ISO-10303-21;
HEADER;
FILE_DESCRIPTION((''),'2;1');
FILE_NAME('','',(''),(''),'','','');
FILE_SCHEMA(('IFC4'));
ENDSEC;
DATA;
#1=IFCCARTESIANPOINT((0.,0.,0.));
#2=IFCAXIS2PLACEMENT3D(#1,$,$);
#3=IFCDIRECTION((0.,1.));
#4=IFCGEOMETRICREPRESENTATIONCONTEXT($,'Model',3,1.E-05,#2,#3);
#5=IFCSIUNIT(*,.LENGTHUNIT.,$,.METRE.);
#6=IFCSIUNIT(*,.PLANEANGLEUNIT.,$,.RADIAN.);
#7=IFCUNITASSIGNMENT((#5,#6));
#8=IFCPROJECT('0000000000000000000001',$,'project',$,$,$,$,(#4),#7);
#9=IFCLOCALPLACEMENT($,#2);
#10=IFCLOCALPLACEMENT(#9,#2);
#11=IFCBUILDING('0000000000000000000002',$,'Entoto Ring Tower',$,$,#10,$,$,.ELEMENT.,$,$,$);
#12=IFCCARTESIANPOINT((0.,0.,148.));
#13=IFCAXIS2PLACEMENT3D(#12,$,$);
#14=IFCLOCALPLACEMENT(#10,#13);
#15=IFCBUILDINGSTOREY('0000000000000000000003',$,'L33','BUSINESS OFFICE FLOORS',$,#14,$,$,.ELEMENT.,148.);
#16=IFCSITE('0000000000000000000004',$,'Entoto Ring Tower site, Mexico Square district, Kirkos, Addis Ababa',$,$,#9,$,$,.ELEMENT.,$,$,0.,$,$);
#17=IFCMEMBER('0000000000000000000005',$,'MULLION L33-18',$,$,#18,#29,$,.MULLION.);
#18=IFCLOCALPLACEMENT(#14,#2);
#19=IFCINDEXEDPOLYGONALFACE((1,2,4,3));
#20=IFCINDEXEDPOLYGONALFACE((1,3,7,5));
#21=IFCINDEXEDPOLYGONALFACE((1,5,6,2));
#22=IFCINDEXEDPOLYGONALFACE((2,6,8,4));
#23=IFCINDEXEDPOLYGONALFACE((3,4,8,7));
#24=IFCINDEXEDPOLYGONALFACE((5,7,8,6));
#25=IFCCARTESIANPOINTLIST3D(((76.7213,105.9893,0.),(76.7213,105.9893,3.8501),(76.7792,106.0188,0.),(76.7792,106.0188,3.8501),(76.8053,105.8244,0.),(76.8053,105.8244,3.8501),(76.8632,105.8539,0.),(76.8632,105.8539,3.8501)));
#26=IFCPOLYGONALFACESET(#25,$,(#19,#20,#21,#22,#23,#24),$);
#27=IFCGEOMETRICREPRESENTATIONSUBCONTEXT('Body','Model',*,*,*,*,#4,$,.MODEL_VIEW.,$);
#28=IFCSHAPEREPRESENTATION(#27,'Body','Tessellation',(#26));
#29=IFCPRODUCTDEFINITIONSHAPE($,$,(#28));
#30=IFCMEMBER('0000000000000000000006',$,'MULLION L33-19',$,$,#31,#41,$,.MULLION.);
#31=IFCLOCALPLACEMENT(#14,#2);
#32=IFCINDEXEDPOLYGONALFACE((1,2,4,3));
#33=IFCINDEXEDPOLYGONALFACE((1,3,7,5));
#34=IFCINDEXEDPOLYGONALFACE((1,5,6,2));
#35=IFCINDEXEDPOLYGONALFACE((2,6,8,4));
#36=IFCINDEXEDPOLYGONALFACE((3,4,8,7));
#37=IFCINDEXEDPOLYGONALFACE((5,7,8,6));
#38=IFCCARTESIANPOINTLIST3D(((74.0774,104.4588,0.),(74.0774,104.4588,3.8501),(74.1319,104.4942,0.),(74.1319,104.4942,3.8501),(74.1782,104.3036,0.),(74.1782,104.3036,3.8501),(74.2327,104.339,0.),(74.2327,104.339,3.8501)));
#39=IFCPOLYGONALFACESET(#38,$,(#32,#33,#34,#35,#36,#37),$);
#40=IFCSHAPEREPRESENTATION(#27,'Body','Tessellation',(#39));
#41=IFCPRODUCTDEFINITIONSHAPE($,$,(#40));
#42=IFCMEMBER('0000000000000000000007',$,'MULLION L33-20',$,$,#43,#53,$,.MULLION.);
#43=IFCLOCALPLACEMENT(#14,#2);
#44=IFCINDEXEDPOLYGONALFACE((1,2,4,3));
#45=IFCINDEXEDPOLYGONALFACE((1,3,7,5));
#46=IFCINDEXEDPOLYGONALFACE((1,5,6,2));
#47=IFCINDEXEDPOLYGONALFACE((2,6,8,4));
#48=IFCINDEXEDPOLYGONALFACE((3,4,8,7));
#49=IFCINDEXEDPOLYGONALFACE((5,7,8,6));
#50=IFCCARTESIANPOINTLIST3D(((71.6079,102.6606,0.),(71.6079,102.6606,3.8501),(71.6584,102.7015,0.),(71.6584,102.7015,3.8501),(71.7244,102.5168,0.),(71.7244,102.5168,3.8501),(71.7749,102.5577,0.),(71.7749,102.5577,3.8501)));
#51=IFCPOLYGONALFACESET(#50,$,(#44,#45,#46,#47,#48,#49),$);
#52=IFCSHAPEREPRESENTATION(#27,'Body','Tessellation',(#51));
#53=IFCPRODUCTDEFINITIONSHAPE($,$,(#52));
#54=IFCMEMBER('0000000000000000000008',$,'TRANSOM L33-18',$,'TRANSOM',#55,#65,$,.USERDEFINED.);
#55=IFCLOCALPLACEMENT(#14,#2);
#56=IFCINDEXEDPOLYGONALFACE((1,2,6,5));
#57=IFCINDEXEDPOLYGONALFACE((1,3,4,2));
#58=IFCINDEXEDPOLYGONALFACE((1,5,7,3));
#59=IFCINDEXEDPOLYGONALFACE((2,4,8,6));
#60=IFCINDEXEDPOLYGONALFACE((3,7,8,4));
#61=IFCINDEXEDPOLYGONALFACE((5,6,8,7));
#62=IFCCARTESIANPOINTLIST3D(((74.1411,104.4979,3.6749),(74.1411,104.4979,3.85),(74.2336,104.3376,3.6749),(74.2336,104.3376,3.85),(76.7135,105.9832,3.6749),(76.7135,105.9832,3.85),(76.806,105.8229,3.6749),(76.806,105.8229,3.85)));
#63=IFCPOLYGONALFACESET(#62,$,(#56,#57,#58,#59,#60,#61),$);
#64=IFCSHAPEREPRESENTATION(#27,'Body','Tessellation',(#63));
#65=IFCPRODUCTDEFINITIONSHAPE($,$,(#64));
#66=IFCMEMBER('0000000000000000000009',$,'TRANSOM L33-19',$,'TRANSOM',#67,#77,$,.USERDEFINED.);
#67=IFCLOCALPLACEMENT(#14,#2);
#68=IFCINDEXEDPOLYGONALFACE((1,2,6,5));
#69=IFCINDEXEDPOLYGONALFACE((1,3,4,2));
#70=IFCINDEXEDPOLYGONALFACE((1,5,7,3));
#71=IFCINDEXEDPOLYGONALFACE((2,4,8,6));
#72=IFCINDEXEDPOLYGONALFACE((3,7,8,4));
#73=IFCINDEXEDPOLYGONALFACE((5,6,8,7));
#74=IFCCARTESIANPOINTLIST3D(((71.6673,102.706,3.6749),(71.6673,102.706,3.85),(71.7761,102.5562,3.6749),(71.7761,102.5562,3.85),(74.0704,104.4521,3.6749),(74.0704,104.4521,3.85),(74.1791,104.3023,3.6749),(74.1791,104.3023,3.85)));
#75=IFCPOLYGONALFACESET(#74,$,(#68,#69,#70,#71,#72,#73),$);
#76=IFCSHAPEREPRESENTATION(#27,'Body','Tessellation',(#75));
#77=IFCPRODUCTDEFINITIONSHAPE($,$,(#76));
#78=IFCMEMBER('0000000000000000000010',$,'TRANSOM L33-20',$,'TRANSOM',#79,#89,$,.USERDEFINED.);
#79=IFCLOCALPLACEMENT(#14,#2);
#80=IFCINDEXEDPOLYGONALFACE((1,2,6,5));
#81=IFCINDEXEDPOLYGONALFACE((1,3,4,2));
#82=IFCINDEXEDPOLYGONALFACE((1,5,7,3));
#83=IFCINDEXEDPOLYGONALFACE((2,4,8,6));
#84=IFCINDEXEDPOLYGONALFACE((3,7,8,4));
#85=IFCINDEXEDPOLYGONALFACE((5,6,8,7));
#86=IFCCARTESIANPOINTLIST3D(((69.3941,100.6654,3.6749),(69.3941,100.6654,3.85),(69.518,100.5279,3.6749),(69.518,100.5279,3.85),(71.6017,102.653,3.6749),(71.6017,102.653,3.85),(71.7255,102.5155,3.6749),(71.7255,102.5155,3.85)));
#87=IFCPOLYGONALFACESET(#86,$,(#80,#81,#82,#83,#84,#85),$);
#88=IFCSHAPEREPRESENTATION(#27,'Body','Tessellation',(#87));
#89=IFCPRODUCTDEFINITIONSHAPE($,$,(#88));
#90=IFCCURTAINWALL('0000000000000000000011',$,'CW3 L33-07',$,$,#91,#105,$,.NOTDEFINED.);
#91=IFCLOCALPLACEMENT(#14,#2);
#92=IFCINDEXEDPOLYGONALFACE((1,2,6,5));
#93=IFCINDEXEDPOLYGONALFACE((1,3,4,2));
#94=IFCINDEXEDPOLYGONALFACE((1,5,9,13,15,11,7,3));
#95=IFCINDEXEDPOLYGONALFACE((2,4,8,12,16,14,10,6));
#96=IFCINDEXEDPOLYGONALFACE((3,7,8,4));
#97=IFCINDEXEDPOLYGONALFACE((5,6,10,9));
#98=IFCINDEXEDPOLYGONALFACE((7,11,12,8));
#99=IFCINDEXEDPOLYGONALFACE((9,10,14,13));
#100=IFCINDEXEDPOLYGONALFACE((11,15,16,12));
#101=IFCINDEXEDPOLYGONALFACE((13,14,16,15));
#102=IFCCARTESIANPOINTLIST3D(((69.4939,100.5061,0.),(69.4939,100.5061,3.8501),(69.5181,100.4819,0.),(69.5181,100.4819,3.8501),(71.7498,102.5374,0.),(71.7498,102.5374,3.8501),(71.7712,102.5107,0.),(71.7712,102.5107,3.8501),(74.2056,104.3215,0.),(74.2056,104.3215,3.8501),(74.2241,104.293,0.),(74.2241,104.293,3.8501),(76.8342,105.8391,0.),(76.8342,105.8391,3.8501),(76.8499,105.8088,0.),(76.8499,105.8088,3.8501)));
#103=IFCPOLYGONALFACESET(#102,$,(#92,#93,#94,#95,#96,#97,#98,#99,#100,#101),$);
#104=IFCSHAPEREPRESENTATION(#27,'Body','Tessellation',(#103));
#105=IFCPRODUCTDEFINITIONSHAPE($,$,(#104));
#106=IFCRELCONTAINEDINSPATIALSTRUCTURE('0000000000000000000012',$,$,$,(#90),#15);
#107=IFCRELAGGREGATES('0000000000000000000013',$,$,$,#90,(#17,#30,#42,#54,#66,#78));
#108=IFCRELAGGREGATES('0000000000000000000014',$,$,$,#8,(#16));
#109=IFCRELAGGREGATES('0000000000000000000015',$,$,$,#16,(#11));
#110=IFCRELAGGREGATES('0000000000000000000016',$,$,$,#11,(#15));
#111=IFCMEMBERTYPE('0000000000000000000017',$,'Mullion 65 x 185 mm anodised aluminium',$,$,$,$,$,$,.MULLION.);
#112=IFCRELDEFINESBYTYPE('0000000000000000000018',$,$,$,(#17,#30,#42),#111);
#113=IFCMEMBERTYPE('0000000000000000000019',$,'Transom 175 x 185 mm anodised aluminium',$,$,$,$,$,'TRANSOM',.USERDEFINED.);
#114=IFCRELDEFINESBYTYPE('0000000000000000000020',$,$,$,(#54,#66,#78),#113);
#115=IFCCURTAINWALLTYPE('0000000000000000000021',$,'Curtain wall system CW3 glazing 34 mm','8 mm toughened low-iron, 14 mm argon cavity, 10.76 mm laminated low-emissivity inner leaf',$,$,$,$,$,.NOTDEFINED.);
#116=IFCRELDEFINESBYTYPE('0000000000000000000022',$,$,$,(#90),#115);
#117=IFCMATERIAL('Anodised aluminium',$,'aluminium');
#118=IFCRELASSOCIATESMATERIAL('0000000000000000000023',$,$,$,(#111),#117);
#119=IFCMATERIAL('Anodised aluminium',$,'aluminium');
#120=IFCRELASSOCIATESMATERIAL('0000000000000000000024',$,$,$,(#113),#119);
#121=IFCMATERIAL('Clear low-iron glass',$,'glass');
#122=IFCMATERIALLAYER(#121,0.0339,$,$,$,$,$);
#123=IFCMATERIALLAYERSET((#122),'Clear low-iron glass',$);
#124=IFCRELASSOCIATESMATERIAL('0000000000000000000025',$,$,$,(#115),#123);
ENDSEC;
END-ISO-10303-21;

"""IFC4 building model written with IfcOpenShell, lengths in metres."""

from ifc_helpers import new_model, si_unit, direction, frame, origin, origin_2d, place, context, subcontext, project, spatial, polyline, rectangle, outline, extrude, material, layer, layer_set, material_profile, profile_set, type_object, element, aggregate, save


model = new_model("IFC4")

# Units and contexts
model_context = context("Model", 3, precision=1e-05, world=origin(), true_north=direction((0.0, 1.0)))
body_context = subcontext(model_context, "Body", "Model", "MODEL_VIEW")
ifc_project = project(units=[si_unit("LENGTHUNIT", "METRE"), si_unit("PLANEANGLEUNIT", "RADIAN")], contexts=[model_context])

# Members
ifc_material_1 = material(Name="Anodised aluminium", Category="aluminium")
ifc_material_profile_1 = material_profile(ifc_material_1, rectangle(XDim=0.0649, YDim=0.1851, at=origin_2d()), Name="Mullion 65 x 185 mm anodised aluminium")
ifc_profile_set_1 = profile_set([ifc_material_profile_1], Name="Anodised aluminium")
member_type_1 = type_object("IfcMemberType", Name="Mullion 65 x 185 mm anodised aluminium", PredefinedType="MULLION", material=ifc_profile_set_1)
site_placement = place(None, origin())
building_placement = place(site_placement, origin())
storey_placement = place(building_placement, frame((0.0, 0.0, 148.0)))
member_1_placement = place(storey_placement, frame((76.7922, 105.9216, 0.0), z_axis=(0.0, 0.0, 1.0), x_axis=(-0.891007, -0.45399, 0.0)))
member_1 = element("IfcMember", 1, at=member_1_placement, type_object=member_type_1, Name="MULLION L33-18", PredefinedType="MULLION", context=body_context, shape_type="SweptSolid", body=[
    extrude(rectangle(XDim=0.0649, YDim=0.1851, at=origin_2d()), origin(), (0.0, 0.0, 1.0), 3.8501),
])
member_2_placement = place(storey_placement, frame((74.155, 104.3989, 0.0), z_axis=(0.0, 0.0, 1.0), x_axis=(-0.838671, -0.544639, 0.0)))
member_2 = element("IfcMember", 2, at=member_2_placement, type_object=member_type_1, Name="MULLION L33-19", PredefinedType="MULLION", context=body_context, shape_type="SweptSolid", body=[
    extrude(rectangle(XDim=0.0649, YDim=0.1851, at=origin_2d()), origin(), (0.0, 0.0, 1.0), 3.8501),
])
member_3_placement = place(storey_placement, frame((71.6914, 102.6091, 0.0), z_axis=(0.0, 0.0, 1.0), x_axis=(-0.777146, -0.62932, 0.0)))
member_3 = element("IfcMember", 3, at=member_3_placement, type_object=member_type_1, Name="MULLION L33-20", PredefinedType="MULLION", context=body_context, shape_type="SweptSolid", body=[
    extrude(rectangle(XDim=0.0649, YDim=0.1851, at=origin_2d()), origin(), (0.0, 0.0, 1.0), 3.8501),
])
ifc_material_2 = material(Name="Anodised aluminium", Category="aluminium")
ifc_material_profile_2 = material_profile(ifc_material_2, rectangle(XDim=0.1851, YDim=0.175, at=origin_2d()), Name="Transom 175 x 185 mm anodised aluminium")
ifc_profile_set_2 = profile_set([ifc_material_profile_2], Name="Anodised aluminium")
member_type_2 = type_object("IfcMemberType", Name="Transom 175 x 185 mm anodised aluminium", ElementType="TRANSOM", PredefinedType="USERDEFINED", material=ifc_profile_set_2)
member_4_placement = place(storey_placement, frame((76.7598, 105.9031, 3.7625), z_axis=(-0.866009, -0.500028, 0.0), x_axis=(0.500028, -0.866009, 0.0)))
member_4 = element("IfcMember", 4, at=member_4_placement, type_object=member_type_2, Name="TRANSOM L33-18", ObjectType="TRANSOM", PredefinedType="USERDEFINED", context=body_context, shape_type="SweptSolid", body=[
    extrude(rectangle(XDim=0.1851, YDim=0.175, at=origin_2d()), origin(), (0.0, 0.0, 1.0), 2.9705),
])
member_5_placement = place(storey_placement, frame((74.1248, 104.3772, 3.7625), z_axis=(-0.808992, -0.58782, 0.0), x_axis=(0.58782, -0.808992, 0.0)))
member_5 = element("IfcMember", 5, at=member_5_placement, type_object=member_type_2, Name="TRANSOM L33-19", ObjectType="TRANSOM", PredefinedType="USERDEFINED", context=body_context, shape_type="SweptSolid", body=[
    extrude(rectangle(XDim=0.1851, YDim=0.175, at=origin_2d()), origin(), (0.0, 0.0, 1.0), 2.9705),
])
member_6_placement = place(storey_placement, frame((71.6636, 102.5842, 3.7625), z_axis=(-0.743163, -0.66911, 0.0), x_axis=(0.66911, -0.743163, 0.0)))
member_6 = element("IfcMember", 6, at=member_6_placement, type_object=member_type_2, Name="TRANSOM L33-20", ObjectType="TRANSOM", PredefinedType="USERDEFINED", context=body_context, shape_type="SweptSolid", body=[
    extrude(rectangle(XDim=0.1851, YDim=0.175, at=origin_2d()), origin(), (0.0, 0.0, 1.0), 2.9705),
])

# Site, building, storey
site = spatial("IfcSite", under=ifc_project, at=site_placement, Name="Entoto Ring Tower site, Mexico Square district, Kirkos, Addis Ababa", CompositionType="ELEMENT", RefElevation=0.0)
building = spatial("IfcBuilding", under=site, at=building_placement, Name="Entoto Ring Tower", CompositionType="ELEMENT")
storey = spatial("IfcBuildingStorey", under=building, at=storey_placement, Name="L33", Description="BUSINESS OFFICE FLOORS", CompositionType="ELEMENT", Elevation=148.0)

# Curtain wall
ifc_material_3 = material(Name="Clear low-iron glass", Category="glass")
ifc_layer = layer(ifc_material_3, 0.0339)
ifc_layer_set = layer_set([ifc_layer], Name="Clear low-iron glass")
curtain_wall_type = type_object("IfcCurtainWallType", Name="Curtain wall system CW3 glazing 34 mm", Description="8 mm toughened low-iron, 14 mm argon cavity, 10.76 mm laminated low-emissivity inner leaf", PredefinedType="NOTDEFINED", material=ifc_layer_set)
curtain_wall_1_placement = place(storey_placement, origin())
curtain_wall_1 = element("IfcCurtainWall", 7, at=curtain_wall_1_placement, inside=storey, type_object=curtain_wall_type, Name="CW3 L33-07", PredefinedType="NOTDEFINED", context=body_context, shape_type="SweptSolid", body=[
    extrude(outline(polyline([(76.8342, 105.8391), (74.2056, 104.3215), (71.7498, 102.5374), (69.4939, 100.5061), (69.5181, 100.4819), (71.7712, 102.5107), (74.2241, 104.293), (76.8499, 105.8088), (76.8342, 105.8391)])), origin(), (0.0, 0.0, 1.0), 3.8501),
])
aggregate(curtain_wall_1, [member_1, member_2, member_3, member_4, member_5, member_6])

save(model, "model.ifc")
